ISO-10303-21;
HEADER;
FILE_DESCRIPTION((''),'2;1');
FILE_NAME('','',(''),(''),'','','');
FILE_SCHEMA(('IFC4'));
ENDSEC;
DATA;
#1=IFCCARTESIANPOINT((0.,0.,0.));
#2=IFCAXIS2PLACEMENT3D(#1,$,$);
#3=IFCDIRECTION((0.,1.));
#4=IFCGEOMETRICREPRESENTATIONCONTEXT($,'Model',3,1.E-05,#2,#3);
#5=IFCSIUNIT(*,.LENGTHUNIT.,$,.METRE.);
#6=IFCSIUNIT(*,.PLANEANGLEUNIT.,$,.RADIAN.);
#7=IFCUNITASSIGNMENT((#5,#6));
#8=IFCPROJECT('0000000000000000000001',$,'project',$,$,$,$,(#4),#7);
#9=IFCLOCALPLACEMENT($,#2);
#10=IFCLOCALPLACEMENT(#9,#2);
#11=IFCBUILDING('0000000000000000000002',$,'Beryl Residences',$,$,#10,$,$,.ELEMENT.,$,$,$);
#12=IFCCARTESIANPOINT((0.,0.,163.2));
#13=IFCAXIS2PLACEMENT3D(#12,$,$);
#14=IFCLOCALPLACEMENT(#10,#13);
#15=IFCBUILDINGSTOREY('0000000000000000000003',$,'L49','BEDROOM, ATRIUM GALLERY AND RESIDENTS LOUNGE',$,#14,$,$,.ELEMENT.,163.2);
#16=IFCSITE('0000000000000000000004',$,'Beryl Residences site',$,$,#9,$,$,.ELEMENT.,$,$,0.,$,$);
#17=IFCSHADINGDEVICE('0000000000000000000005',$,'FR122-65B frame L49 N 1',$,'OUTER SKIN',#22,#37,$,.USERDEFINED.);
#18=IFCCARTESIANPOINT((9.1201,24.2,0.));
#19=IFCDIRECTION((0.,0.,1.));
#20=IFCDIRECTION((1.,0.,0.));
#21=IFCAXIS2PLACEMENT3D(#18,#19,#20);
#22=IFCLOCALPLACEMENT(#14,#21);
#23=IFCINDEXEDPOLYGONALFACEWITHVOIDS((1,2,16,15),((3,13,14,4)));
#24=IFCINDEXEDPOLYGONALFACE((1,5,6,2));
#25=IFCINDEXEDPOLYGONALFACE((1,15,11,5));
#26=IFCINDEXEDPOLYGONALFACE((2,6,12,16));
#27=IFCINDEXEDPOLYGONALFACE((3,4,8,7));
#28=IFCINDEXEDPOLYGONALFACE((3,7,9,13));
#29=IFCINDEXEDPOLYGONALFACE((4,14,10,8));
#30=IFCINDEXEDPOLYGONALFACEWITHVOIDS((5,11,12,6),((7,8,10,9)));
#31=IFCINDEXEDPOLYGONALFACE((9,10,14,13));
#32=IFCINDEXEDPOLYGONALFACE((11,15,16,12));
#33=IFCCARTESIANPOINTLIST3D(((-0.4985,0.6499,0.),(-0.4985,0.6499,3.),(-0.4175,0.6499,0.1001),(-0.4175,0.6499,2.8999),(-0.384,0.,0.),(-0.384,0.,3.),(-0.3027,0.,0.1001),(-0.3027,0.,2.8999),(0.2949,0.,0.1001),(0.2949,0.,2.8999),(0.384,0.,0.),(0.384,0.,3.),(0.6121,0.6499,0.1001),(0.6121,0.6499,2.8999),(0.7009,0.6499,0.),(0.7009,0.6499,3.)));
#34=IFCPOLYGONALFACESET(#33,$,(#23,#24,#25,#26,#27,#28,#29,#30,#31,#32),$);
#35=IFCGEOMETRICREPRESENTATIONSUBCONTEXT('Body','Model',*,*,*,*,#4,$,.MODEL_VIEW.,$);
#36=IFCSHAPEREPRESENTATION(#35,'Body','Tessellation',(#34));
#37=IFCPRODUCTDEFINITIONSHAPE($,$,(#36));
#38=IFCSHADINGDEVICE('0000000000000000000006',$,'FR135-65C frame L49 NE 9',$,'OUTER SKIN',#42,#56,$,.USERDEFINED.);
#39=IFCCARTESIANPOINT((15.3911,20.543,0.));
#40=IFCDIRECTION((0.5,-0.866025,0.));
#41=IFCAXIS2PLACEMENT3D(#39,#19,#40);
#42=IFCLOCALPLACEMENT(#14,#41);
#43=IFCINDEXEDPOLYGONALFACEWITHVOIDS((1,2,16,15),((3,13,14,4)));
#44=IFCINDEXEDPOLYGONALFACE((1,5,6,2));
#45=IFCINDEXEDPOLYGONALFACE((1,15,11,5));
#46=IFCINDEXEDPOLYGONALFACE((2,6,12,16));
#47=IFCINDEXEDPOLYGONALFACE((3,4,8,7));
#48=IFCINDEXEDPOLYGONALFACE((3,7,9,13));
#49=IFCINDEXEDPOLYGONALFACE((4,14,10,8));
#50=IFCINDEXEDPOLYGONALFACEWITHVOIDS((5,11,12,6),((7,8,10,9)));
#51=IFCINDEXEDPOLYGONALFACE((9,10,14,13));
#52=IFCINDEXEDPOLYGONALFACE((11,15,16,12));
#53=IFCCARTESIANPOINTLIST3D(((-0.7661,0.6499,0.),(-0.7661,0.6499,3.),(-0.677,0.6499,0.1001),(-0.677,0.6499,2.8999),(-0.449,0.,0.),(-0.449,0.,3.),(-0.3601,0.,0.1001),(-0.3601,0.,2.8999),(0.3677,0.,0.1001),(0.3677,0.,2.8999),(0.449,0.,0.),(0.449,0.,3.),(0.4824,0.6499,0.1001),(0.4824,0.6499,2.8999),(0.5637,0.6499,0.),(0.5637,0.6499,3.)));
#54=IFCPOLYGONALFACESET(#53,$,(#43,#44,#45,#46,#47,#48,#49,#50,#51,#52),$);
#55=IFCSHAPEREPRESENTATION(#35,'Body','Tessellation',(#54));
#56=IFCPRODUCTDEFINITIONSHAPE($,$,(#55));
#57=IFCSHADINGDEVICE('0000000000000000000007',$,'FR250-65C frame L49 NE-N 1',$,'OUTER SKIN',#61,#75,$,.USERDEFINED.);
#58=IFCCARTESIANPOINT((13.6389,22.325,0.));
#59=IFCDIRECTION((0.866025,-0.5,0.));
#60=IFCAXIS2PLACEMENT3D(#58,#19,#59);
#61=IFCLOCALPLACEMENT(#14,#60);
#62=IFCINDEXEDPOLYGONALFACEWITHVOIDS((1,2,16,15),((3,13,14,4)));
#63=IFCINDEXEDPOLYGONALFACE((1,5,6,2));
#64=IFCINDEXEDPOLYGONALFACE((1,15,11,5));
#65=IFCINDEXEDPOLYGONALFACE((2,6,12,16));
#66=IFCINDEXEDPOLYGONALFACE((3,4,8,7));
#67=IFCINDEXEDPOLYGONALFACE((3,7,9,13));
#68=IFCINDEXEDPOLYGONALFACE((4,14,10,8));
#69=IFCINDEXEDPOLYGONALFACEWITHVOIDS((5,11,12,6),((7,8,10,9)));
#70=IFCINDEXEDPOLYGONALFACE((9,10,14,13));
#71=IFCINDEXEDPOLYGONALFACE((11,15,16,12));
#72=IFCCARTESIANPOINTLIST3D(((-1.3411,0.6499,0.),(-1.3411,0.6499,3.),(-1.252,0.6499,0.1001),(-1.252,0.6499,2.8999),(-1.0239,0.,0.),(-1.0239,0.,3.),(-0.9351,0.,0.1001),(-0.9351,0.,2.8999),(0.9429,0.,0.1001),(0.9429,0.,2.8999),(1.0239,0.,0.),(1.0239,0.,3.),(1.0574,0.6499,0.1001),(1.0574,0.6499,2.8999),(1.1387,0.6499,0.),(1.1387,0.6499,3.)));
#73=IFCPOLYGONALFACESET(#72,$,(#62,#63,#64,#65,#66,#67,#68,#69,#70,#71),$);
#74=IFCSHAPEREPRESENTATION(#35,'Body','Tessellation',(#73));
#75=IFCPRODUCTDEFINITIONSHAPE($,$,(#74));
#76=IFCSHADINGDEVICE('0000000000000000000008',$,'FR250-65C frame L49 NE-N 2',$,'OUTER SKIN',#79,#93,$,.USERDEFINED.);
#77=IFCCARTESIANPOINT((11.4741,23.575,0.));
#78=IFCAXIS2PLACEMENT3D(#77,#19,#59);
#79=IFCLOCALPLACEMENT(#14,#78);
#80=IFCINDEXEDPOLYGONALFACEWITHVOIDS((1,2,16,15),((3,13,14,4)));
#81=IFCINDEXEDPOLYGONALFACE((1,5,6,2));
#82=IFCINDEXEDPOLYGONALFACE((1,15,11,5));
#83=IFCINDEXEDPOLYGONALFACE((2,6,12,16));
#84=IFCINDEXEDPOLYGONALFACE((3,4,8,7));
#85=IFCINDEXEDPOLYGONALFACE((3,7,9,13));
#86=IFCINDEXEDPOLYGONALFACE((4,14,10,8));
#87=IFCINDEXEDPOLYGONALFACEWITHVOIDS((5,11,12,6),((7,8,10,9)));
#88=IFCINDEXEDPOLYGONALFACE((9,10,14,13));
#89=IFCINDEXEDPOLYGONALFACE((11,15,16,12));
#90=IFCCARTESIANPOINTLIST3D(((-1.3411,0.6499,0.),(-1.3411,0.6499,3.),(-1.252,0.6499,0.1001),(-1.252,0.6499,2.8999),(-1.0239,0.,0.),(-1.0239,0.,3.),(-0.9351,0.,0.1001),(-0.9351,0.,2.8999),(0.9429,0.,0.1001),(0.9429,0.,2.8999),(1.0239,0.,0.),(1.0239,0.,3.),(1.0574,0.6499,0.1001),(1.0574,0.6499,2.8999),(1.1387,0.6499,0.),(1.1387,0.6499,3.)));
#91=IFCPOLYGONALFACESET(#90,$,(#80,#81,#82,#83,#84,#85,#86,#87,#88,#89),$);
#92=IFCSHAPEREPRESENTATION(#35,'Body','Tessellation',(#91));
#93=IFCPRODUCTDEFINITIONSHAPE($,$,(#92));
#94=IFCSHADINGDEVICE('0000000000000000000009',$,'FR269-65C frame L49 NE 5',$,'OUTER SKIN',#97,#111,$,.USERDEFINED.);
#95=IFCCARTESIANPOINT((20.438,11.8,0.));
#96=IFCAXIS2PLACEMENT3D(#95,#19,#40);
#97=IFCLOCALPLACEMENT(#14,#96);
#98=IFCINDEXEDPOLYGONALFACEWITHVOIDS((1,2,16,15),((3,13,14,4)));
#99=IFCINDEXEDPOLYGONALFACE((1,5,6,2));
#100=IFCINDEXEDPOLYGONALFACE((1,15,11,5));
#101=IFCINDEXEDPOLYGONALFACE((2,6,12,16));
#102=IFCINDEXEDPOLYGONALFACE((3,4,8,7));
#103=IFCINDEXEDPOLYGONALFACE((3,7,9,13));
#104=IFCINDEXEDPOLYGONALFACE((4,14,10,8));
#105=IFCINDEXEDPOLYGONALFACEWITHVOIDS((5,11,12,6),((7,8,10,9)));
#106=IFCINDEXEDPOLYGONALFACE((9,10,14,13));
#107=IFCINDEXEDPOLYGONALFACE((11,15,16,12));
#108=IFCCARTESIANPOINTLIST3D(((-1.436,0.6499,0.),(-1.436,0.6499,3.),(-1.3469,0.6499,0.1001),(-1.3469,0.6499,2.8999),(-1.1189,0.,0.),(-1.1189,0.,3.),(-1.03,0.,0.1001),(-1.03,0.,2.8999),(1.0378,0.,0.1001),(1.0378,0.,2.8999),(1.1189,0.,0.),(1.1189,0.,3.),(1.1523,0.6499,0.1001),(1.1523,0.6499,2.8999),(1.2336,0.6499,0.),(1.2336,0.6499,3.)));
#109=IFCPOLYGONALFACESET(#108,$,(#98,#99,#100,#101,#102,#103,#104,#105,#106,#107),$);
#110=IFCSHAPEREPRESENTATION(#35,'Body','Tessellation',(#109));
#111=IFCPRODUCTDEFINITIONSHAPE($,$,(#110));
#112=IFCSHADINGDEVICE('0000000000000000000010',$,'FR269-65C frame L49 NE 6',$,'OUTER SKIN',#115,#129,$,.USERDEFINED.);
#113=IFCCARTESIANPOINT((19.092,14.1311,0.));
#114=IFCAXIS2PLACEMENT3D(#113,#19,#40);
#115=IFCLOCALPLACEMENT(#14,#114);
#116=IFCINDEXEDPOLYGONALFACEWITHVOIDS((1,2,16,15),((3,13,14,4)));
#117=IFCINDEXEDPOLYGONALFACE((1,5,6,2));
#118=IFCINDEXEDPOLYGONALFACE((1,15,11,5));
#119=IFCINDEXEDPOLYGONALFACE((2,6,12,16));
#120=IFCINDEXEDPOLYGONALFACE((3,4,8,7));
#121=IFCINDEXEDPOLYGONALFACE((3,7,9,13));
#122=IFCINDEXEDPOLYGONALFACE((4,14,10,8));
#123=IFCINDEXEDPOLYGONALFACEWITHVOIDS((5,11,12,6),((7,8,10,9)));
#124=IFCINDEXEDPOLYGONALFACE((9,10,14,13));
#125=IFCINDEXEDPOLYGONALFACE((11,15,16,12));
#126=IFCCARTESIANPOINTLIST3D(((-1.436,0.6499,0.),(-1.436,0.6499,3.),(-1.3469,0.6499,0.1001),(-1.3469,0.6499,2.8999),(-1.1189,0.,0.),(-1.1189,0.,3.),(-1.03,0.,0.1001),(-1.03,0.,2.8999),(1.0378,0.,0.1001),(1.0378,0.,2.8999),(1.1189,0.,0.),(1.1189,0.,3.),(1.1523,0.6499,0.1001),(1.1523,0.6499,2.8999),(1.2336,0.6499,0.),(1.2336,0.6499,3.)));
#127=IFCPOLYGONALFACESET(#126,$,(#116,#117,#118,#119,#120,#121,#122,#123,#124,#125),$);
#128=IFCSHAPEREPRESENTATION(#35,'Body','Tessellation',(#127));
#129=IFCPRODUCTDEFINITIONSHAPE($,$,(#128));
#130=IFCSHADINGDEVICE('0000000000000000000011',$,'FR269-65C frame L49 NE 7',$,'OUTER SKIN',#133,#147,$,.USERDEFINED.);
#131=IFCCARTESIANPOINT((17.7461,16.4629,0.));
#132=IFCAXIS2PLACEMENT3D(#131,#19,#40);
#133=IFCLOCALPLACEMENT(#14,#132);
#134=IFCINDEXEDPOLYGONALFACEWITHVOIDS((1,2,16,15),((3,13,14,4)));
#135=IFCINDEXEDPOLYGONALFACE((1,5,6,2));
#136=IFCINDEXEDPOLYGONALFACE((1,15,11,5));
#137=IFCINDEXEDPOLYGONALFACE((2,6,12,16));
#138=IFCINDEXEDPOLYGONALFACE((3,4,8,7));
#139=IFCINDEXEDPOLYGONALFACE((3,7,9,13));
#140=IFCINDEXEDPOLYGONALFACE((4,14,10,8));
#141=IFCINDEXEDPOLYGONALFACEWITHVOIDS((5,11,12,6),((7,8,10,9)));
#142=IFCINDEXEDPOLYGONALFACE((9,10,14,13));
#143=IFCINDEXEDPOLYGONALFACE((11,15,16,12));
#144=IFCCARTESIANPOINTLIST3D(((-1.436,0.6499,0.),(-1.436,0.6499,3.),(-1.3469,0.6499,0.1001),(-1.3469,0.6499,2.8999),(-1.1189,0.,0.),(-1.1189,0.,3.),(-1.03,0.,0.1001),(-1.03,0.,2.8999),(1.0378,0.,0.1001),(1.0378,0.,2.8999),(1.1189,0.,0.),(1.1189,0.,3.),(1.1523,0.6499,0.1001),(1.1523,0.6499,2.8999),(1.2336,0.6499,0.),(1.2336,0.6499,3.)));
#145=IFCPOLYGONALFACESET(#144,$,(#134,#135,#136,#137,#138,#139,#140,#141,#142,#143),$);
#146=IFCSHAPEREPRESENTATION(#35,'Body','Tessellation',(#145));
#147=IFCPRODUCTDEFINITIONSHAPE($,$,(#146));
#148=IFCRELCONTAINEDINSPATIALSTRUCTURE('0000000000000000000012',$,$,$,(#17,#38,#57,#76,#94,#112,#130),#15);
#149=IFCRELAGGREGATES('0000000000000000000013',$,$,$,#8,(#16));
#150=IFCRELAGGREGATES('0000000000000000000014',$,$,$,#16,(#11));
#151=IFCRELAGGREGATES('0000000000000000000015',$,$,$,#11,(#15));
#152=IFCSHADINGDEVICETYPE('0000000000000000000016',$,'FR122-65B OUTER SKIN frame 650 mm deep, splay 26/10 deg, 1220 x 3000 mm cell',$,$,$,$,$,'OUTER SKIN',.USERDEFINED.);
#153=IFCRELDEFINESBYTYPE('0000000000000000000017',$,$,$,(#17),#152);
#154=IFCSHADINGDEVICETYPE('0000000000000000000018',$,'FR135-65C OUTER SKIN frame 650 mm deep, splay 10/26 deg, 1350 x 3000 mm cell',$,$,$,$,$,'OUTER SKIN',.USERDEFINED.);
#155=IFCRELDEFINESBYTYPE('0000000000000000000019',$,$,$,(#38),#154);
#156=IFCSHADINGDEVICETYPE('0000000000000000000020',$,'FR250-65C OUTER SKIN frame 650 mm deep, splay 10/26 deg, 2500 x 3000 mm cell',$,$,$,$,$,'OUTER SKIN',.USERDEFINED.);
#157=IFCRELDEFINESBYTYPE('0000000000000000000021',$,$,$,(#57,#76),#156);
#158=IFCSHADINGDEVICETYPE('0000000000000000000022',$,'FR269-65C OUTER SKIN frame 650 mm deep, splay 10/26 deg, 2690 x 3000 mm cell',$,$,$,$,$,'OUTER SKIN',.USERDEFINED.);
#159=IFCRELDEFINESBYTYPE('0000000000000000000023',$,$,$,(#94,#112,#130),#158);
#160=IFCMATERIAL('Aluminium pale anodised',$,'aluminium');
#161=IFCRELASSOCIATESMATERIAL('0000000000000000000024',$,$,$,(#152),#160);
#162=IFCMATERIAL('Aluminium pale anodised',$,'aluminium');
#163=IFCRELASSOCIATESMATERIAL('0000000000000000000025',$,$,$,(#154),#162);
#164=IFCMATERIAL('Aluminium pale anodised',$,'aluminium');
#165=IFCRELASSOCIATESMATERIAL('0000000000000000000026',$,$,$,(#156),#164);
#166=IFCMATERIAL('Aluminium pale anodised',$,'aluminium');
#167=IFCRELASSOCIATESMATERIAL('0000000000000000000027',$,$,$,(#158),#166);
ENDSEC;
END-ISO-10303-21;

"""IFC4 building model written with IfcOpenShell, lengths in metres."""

from ifc_helpers import new_model, entity, si_unit, direction, frame, origin, place, context, subcontext, project, spatial, source, transform, mapped, material, type_object, type_shapes, element, save


model = new_model("IFC4")

# Units and contexts
model_context = context("Model", 3, precision=1e-05, world=origin(), true_north=direction((0.0, 1.0)))
body_context = subcontext(model_context, "Body", "Model", "MODEL_VIEW")
ifc_project = project(units=[si_unit("LENGTHUNIT", "METRE"), si_unit("PLANEANGLEUNIT", "RADIAN")], contexts=[model_context])

# Site, building, storey
site_placement = place(None, origin())
site = spatial("IfcSite", under=ifc_project, at=site_placement, Name="Beryl Residences site", CompositionType="ELEMENT", RefElevation=0.0)
building_placement = place(site_placement, origin())
building = spatial("IfcBuilding", under=site, at=building_placement, Name="Beryl Residences", CompositionType="ELEMENT")
storey_placement = place(building_placement, frame((0.0, 0.0, 163.2)))
storey = spatial("IfcBuildingStorey", under=building, at=storey_placement, Name="L49", Description="BEDROOM, ATRIUM GALLERY AND RESIDENTS LOUNGE", CompositionType="ELEMENT", Elevation=163.2)

# Shading devices
ifc_material_1 = material(Name="Aluminium pale anodised", Category="aluminium")
shading_device_type_1 = type_object("IfcShadingDeviceType", Name="FR122-65B OUTER SKIN frame 650 mm deep, splay 26/10 deg, 1220 x 3000 mm cell", ElementType="OUTER SKIN", PredefinedType="USERDEFINED", material=ifc_material_1)
cartesian_point_1 = entity("IfcCartesianPoint", [-0.384, 0.0])
cartesian_point_2 = entity("IfcCartesianPoint", [-0.2949, 0.1001])
cartesian_point_3 = entity("IfcCartesianPoint", [-0.7009, 0.0])
cartesian_point_4 = entity("IfcCartesianPoint", [-0.6121, 0.1001])
shared_shape_1 = source(origin(), body_context, "Body", "SweptSolid", [
    entity("IfcExtrudedAreaSolidTapered", entity("IfcArbitraryProfileDefWithVoids", "AREA", None, entity("IfcPolyline", [cartesian_point_1, entity("IfcCartesianPoint", [0.384, 0.0]), entity("IfcCartesianPoint", [0.384, 3.0]), entity("IfcCartesianPoint", [-0.384, 3.0]), cartesian_point_1]), [entity("IfcPolyline", [cartesian_point_2, entity("IfcCartesianPoint", [0.3027, 0.1001]), entity("IfcCartesianPoint", [0.3027, 2.8999]), entity("IfcCartesianPoint", [-0.2949, 2.8999]), cartesian_point_2])]), entity("IfcAxis2Placement3D", entity("IfcCartesianPoint", [0.0, 0.0, 0.0]), entity("IfcDirection", [0.0, 1.0, 0.0]), entity("IfcDirection", [-1.0, 0.0, 0.0])), entity("IfcDirection", [0.0, 0.0, 1.0]), 0.6499, entity("IfcArbitraryProfileDefWithVoids", "AREA", None, entity("IfcPolyline", [cartesian_point_3, entity("IfcCartesianPoint", [0.4985, 0.0]), entity("IfcCartesianPoint", [0.4985, 3.0]), entity("IfcCartesianPoint", [-0.7009, 3.0]), cartesian_point_3]), [entity("IfcPolyline", [cartesian_point_4, entity("IfcCartesianPoint", [0.4175, 0.1001]), entity("IfcCartesianPoint", [0.4175, 2.8999]), entity("IfcCartesianPoint", [-0.6121, 2.8999]), cartesian_point_4])])),
])
type_shapes(shading_device_type_1, [shared_shape_1])
shading_device_1_placement = place(storey_placement, frame((9.1201, 24.2, 0.0), z_axis=(0.0, 0.0, 1.0), x_axis=(1.0, 0.0, 0.0)))
element("IfcShadingDevice", 1, at=shading_device_1_placement, inside=storey, type_object=shading_device_type_1, Name="FR122-65B frame L49 N 1", ObjectType="OUTER SKIN", PredefinedType="USERDEFINED", context=body_context, shape_type="MappedRepresentation", body=[
    mapped(shared_shape_1, transform((0.0, 0.0, 0.0))),
])
ifc_material_2 = material(Name="Aluminium pale anodised", Category="aluminium")
shading_device_type_2 = type_object("IfcShadingDeviceType", Name="FR135-65C OUTER SKIN frame 650 mm deep, splay 10/26 deg, 1350 x 3000 mm cell", ElementType="OUTER SKIN", PredefinedType="USERDEFINED", material=ifc_material_2)
cartesian_point_5 = entity("IfcCartesianPoint", [-0.449, 0.0])
cartesian_point_6 = entity("IfcCartesianPoint", [-0.3677, 0.1001])
cartesian_point_7 = entity("IfcCartesianPoint", [-0.5637, 0.0])
cartesian_point_8 = entity("IfcCartesianPoint", [-0.4824, 0.1001])
shared_shape_2 = source(origin(), body_context, "Body", "SweptSolid", [
    entity("IfcExtrudedAreaSolidTapered", entity("IfcArbitraryProfileDefWithVoids", "AREA", None, entity("IfcPolyline", [cartesian_point_5, entity("IfcCartesianPoint", [0.449, 0.0]), entity("IfcCartesianPoint", [0.449, 3.0]), entity("IfcCartesianPoint", [-0.449, 3.0]), cartesian_point_5]), [entity("IfcPolyline", [cartesian_point_6, entity("IfcCartesianPoint", [0.3601, 0.1001]), entity("IfcCartesianPoint", [0.3601, 2.8999]), entity("IfcCartesianPoint", [-0.3677, 2.8999]), cartesian_point_6])]), entity("IfcAxis2Placement3D", entity("IfcCartesianPoint", [0.0, 0.0, 0.0]), entity("IfcDirection", [0.0, 1.0, 0.0]), entity("IfcDirection", [-1.0, 0.0, 0.0])), entity("IfcDirection", [0.0, 0.0, 1.0]), 0.6499, entity("IfcArbitraryProfileDefWithVoids", "AREA", None, entity("IfcPolyline", [cartesian_point_7, entity("IfcCartesianPoint", [0.7661, 0.0]), entity("IfcCartesianPoint", [0.7661, 3.0]), entity("IfcCartesianPoint", [-0.5637, 3.0]), cartesian_point_7]), [entity("IfcPolyline", [cartesian_point_8, entity("IfcCartesianPoint", [0.677, 0.1001]), entity("IfcCartesianPoint", [0.677, 2.8999]), entity("IfcCartesianPoint", [-0.4824, 2.8999]), cartesian_point_8])])),
])
type_shapes(shading_device_type_2, [shared_shape_2])
shading_device_2_placement = place(storey_placement, frame((15.3911, 20.543, 0.0), z_axis=(0.0, 0.0, 1.0), x_axis=(0.5, -0.866025, 0.0)))
element("IfcShadingDevice", 2, at=shading_device_2_placement, inside=storey, type_object=shading_device_type_2, Name="FR135-65C frame L49 NE 9", ObjectType="OUTER SKIN", PredefinedType="USERDEFINED", context=body_context, shape_type="MappedRepresentation", body=[
    mapped(shared_shape_2, transform((0.0, 0.0, 0.0))),
])
ifc_material_3 = material(Name="Aluminium pale anodised", Category="aluminium")
shading_device_type_3 = type_object("IfcShadingDeviceType", Name="FR250-65C OUTER SKIN frame 650 mm deep, splay 10/26 deg, 2500 x 3000 mm cell", ElementType="OUTER SKIN", PredefinedType="USERDEFINED", material=ifc_material_3)
cartesian_point_9 = entity("IfcCartesianPoint", [-1.0239, 0.0])
cartesian_point_10 = entity("IfcCartesianPoint", [-0.9429, 0.1001])
cartesian_point_11 = entity("IfcCartesianPoint", [-1.1387, 0.0])
cartesian_point_12 = entity("IfcCartesianPoint", [-1.0574, 0.1001])
shared_shape_3 = source(origin(), body_context, "Body", "SweptSolid", [
    entity("IfcExtrudedAreaSolidTapered", entity("IfcArbitraryProfileDefWithVoids", "AREA", None, entity("IfcPolyline", [cartesian_point_9, entity("IfcCartesianPoint", [1.0239, 0.0]), entity("IfcCartesianPoint", [1.0239, 3.0]), entity("IfcCartesianPoint", [-1.0239, 3.0]), cartesian_point_9]), [entity("IfcPolyline", [cartesian_point_10, entity("IfcCartesianPoint", [0.9351, 0.1001]), entity("IfcCartesianPoint", [0.9351, 2.8999]), entity("IfcCartesianPoint", [-0.9429, 2.8999]), cartesian_point_10])]), entity("IfcAxis2Placement3D", entity("IfcCartesianPoint", [0.0, 0.0, 0.0]), entity("IfcDirection", [0.0, 1.0, 0.0]), entity("IfcDirection", [-1.0, 0.0, 0.0])), entity("IfcDirection", [0.0, 0.0, 1.0]), 0.6499, entity("IfcArbitraryProfileDefWithVoids", "AREA", None, entity("IfcPolyline", [cartesian_point_11, entity("IfcCartesianPoint", [1.3411, 0.0]), entity("IfcCartesianPoint", [1.3411, 3.0]), entity("IfcCartesianPoint", [-1.1387, 3.0]), cartesian_point_11]), [entity("IfcPolyline", [cartesian_point_12, entity("IfcCartesianPoint", [1.252, 0.1001]), entity("IfcCartesianPoint", [1.252, 2.8999]), entity("IfcCartesianPoint", [-1.0574, 2.8999]), cartesian_point_12])])),
])
type_shapes(shading_device_type_3, [shared_shape_3])
for number, where, z_axis, x_axis, name in (
    (3, (13.6389, 22.325, 0.0), (0.0, 0.0, 1.0), (0.866025, -0.5, 0.0), "FR250-65C frame L49 NE-N 1"),
    (4, (11.4741, 23.575, 0.0), (0.0, 0.0, 1.0), (0.866025, -0.5, 0.0), "FR250-65C frame L49 NE-N 2"),
):
    element("IfcShadingDevice", number, at=place(storey_placement, frame(where, z_axis=z_axis, x_axis=x_axis)), inside=storey, type_object=shading_device_type_3, Name=name, ObjectType="OUTER SKIN", PredefinedType="USERDEFINED", context=body_context, shape_type="MappedRepresentation", body=[
        mapped(shared_shape_3, transform((0.0, 0.0, 0.0))),
    ])
ifc_material_4 = material(Name="Aluminium pale anodised", Category="aluminium")
shading_device_type_4 = type_object("IfcShadingDeviceType", Name="FR269-65C OUTER SKIN frame 650 mm deep, splay 10/26 deg, 2690 x 3000 mm cell", ElementType="OUTER SKIN", PredefinedType="USERDEFINED", material=ifc_material_4)
cartesian_point_13 = entity("IfcCartesianPoint", [-1.1189, 0.0])
cartesian_point_14 = entity("IfcCartesianPoint", [-1.0378, 0.1001])
cartesian_point_15 = entity("IfcCartesianPoint", [-1.2336, 0.0])
cartesian_point_16 = entity("IfcCartesianPoint", [-1.1523, 0.1001])
shared_shape_4 = source(origin(), body_context, "Body", "SweptSolid", [
    entity("IfcExtrudedAreaSolidTapered", entity("IfcArbitraryProfileDefWithVoids", "AREA", None, entity("IfcPolyline", [cartesian_point_13, entity("IfcCartesianPoint", [1.1189, 0.0]), entity("IfcCartesianPoint", [1.1189, 3.0]), entity("IfcCartesianPoint", [-1.1189, 3.0]), cartesian_point_13]), [entity("IfcPolyline", [cartesian_point_14, entity("IfcCartesianPoint", [1.03, 0.1001]), entity("IfcCartesianPoint", [1.03, 2.8999]), entity("IfcCartesianPoint", [-1.0378, 2.8999]), cartesian_point_14])]), entity("IfcAxis2Placement3D", entity("IfcCartesianPoint", [0.0, 0.0, 0.0]), entity("IfcDirection", [0.0, 1.0, 0.0]), entity("IfcDirection", [-1.0, 0.0, 0.0])), entity("IfcDirection", [0.0, 0.0, 1.0]), 0.6499, entity("IfcArbitraryProfileDefWithVoids", "AREA", None, entity("IfcPolyline", [cartesian_point_15, entity("IfcCartesianPoint", [1.436, 0.0]), entity("IfcCartesianPoint", [1.436, 3.0]), entity("IfcCartesianPoint", [-1.2336, 3.0]), cartesian_point_15]), [entity("IfcPolyline", [cartesian_point_16, entity("IfcCartesianPoint", [1.3469, 0.1001]), entity("IfcCartesianPoint", [1.3469, 2.8999]), entity("IfcCartesianPoint", [-1.1523, 2.8999]), cartesian_point_16])])),
])
type_shapes(shading_device_type_4, [shared_shape_4])
for number, where, z_axis, x_axis, name in (
    (5, (20.438, 11.8, 0.0), (0.0, 0.0, 1.0), (0.5, -0.866025, 0.0), "FR269-65C frame L49 NE 5"),
    (6, (19.092, 14.1311, 0.0), (0.0, 0.0, 1.0), (0.5, -0.866025, 0.0), "FR269-65C frame L49 NE 6"),
    (7, (17.7461, 16.4629, 0.0), (0.0, 0.0, 1.0), (0.5, -0.866025, 0.0), "FR269-65C frame L49 NE 7"),
):
    element("IfcShadingDevice", number, at=place(storey_placement, frame(where, z_axis=z_axis, x_axis=x_axis)), inside=storey, type_object=shading_device_type_4, Name=name, ObjectType="OUTER SKIN", PredefinedType="USERDEFINED", context=body_context, shape_type="MappedRepresentation", body=[
        mapped(shared_shape_4, transform((0.0, 0.0, 0.0))),
    ])

save(model, "model.ifc")
